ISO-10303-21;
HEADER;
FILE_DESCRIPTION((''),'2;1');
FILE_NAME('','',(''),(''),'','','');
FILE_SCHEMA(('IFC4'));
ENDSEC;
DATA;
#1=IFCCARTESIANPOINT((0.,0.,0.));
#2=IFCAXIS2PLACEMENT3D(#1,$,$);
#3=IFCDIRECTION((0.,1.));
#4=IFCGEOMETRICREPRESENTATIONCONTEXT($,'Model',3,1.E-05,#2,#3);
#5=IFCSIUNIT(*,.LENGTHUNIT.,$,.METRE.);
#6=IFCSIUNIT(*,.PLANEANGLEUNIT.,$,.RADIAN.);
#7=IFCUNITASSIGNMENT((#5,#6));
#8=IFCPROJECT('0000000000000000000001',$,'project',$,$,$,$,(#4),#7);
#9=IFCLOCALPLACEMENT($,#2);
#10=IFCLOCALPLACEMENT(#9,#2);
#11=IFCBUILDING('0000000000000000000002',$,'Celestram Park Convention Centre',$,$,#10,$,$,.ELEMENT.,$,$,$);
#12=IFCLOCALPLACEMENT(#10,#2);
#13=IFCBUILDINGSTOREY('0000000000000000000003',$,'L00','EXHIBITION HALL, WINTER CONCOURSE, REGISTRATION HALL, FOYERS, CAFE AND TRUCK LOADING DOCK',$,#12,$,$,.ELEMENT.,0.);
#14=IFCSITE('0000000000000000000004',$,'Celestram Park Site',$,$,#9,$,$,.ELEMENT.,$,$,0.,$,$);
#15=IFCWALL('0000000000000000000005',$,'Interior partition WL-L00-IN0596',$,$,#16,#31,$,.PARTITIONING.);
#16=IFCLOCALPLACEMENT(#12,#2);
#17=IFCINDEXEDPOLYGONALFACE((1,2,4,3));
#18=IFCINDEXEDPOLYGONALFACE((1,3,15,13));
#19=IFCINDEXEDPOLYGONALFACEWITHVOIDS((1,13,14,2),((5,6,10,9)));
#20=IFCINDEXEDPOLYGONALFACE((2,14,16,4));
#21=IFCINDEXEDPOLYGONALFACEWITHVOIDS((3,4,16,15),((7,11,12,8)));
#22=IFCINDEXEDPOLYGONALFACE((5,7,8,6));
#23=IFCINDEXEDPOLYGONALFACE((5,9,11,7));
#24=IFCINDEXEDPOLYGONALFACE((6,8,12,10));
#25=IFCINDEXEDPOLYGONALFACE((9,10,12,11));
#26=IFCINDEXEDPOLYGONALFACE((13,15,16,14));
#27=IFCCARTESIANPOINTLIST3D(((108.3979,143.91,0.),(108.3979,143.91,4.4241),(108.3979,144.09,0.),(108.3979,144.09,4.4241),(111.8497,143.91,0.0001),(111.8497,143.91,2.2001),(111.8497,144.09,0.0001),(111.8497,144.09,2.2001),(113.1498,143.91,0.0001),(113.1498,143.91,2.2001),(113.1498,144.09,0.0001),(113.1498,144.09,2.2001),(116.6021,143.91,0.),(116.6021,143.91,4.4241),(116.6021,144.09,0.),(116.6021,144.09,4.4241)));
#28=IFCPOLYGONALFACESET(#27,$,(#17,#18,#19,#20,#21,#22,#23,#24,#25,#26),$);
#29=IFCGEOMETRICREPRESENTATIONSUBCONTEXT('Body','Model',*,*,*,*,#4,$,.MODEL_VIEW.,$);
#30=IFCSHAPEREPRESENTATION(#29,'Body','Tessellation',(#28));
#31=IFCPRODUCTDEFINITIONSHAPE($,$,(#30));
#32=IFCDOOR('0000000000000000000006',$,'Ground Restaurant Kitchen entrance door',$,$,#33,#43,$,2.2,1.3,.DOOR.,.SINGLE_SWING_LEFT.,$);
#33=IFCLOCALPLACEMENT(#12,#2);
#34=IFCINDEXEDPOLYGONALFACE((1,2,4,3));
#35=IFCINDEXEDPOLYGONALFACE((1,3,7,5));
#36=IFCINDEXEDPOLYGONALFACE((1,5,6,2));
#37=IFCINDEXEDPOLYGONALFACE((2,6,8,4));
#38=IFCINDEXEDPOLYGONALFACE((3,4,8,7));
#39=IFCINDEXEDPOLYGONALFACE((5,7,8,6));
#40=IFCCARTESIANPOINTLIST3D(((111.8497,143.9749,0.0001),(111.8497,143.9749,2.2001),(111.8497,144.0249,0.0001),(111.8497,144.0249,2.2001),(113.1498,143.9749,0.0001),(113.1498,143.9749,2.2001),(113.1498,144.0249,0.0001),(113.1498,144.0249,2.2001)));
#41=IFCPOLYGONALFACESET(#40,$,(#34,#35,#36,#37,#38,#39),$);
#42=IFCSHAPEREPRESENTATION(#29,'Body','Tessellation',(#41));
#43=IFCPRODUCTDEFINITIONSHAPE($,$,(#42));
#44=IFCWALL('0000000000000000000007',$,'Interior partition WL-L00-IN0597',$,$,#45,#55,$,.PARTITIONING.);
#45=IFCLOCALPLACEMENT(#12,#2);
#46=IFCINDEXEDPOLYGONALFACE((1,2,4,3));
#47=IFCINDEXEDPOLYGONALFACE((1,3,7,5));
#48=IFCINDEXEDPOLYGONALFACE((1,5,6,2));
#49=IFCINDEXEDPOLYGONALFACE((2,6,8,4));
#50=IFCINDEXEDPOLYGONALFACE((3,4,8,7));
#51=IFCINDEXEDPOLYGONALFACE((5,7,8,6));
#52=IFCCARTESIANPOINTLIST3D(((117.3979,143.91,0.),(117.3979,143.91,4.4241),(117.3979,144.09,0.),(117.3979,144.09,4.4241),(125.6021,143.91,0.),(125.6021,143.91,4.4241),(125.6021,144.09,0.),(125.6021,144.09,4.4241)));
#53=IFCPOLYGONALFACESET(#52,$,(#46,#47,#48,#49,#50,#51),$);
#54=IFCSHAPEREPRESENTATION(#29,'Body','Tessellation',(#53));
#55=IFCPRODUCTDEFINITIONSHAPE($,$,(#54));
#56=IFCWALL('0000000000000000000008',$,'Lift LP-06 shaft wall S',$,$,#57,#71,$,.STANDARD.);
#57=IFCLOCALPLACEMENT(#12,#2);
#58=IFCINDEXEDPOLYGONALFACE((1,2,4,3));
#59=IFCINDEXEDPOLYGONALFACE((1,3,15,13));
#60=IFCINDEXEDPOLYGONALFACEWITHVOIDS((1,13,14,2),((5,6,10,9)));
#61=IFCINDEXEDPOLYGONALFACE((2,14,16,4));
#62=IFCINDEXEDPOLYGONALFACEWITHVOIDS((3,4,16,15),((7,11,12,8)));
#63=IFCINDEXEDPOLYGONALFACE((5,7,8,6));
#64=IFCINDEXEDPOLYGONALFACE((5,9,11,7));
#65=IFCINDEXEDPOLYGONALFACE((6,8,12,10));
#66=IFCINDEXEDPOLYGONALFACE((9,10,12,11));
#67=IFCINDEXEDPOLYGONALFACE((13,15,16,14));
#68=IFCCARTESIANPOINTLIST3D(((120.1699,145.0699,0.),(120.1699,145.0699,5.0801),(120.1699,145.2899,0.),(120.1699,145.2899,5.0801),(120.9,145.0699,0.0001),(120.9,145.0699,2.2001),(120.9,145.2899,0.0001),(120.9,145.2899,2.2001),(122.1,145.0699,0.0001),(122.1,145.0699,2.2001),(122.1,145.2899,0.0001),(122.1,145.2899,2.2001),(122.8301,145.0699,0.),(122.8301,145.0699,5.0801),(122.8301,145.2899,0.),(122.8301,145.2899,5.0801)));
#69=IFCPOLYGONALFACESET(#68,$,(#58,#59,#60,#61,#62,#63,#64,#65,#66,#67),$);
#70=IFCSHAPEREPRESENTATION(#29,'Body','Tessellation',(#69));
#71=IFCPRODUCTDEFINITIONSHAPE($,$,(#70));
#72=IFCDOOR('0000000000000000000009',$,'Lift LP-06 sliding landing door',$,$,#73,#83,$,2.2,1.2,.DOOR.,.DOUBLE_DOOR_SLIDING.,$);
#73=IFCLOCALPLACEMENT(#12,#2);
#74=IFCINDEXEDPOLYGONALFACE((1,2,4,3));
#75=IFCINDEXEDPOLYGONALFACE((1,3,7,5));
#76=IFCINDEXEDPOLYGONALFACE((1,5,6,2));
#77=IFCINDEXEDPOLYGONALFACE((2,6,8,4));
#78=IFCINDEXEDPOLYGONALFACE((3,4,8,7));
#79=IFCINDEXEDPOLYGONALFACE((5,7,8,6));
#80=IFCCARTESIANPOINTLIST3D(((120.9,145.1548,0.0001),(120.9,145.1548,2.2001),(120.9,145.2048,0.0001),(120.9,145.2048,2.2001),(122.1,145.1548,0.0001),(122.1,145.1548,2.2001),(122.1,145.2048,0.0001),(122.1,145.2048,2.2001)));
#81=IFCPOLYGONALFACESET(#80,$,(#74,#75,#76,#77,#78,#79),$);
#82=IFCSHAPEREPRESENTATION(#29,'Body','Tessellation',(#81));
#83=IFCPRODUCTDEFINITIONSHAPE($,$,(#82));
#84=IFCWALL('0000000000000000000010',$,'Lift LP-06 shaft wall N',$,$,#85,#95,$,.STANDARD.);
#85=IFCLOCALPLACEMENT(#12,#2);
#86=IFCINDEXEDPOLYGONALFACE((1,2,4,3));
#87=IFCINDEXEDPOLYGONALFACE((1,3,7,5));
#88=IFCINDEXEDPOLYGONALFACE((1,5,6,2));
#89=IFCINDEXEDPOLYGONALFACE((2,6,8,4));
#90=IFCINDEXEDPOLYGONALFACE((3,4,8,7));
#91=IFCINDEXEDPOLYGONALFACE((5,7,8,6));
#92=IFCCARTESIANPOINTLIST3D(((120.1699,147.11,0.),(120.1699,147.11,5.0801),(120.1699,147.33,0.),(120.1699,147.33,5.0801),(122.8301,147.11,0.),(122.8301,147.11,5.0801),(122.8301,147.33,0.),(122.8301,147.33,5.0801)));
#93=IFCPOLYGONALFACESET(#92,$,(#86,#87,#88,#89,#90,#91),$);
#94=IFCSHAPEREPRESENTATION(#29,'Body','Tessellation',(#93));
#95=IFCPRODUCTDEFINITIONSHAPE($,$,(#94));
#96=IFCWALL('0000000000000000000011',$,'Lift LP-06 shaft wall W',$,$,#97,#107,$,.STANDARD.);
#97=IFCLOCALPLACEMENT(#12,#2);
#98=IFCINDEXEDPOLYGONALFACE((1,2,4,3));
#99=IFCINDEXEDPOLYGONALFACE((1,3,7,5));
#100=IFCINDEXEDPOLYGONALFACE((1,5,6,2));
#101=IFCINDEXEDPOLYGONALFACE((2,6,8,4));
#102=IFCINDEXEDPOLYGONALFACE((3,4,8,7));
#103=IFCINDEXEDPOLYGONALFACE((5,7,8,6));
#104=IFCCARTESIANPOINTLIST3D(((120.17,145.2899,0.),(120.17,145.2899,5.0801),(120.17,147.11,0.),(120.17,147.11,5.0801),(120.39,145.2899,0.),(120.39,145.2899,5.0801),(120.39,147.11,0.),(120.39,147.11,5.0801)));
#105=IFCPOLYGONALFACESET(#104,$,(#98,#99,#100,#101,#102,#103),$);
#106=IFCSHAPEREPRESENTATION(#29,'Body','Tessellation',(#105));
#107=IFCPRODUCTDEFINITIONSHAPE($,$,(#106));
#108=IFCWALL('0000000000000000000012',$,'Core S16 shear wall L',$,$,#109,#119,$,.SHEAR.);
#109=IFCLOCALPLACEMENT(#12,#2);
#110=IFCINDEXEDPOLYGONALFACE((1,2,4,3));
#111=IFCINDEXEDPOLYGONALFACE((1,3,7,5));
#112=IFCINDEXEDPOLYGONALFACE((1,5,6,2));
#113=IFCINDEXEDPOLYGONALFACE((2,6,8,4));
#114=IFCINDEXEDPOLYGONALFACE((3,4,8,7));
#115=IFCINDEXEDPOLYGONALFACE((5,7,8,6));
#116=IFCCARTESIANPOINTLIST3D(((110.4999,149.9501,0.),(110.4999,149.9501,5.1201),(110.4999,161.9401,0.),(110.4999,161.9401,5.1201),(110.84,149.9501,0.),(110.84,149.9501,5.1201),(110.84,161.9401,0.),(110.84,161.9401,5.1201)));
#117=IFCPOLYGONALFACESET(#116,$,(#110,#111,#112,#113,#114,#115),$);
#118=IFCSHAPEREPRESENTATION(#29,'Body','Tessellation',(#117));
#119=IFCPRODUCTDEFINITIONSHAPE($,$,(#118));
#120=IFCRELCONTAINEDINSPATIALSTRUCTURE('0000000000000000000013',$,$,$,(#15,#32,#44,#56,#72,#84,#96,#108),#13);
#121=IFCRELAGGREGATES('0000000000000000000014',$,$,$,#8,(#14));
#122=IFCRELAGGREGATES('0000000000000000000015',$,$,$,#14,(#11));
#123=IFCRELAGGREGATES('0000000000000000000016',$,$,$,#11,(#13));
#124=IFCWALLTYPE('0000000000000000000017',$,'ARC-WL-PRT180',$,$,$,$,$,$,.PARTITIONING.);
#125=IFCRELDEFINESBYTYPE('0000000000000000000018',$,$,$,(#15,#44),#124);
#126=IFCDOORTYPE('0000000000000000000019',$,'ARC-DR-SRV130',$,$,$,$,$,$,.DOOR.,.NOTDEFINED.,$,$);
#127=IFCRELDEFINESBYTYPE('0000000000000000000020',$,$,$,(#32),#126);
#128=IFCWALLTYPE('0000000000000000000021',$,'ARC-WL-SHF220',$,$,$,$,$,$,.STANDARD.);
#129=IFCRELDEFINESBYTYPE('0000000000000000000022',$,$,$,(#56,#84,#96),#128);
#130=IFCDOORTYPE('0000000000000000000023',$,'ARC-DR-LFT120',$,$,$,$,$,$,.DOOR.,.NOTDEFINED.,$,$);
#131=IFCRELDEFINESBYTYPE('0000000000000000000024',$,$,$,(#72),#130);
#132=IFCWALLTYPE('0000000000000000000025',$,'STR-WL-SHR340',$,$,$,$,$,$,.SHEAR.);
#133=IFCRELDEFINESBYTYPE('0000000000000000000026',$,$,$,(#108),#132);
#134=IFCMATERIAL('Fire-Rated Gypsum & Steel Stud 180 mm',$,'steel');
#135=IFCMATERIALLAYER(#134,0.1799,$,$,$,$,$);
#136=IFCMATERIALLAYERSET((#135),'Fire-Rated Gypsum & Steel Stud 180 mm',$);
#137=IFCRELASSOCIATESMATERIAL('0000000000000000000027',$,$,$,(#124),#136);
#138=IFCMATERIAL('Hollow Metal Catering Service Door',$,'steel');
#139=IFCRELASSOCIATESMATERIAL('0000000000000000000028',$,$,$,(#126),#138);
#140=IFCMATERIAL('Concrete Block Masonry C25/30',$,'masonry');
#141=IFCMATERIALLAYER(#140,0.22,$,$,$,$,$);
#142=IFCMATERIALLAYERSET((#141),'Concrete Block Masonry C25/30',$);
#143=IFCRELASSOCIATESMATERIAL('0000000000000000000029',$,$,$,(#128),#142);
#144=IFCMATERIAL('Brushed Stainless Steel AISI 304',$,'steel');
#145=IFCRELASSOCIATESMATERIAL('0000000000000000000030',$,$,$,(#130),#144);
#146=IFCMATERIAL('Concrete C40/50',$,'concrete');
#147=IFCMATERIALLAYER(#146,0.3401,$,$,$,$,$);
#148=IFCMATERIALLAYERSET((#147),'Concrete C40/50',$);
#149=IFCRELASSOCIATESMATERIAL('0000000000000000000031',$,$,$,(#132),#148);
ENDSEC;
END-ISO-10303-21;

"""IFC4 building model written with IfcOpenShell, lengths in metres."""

from ifc_helpers import new_model, si_unit, direction, frame, frame_2d, origin, place, context, subcontext, project, spatial, rectangle, extrude, material, layer, layer_set, type_object, element, fill, save


model = new_model("IFC4")

# Units and contexts
model_context = context("Model", 3, precision=1e-05, world=origin(), true_north=direction((0.0, 1.0)))
body_context = subcontext(model_context, "Body", "Model", "MODEL_VIEW")
ifc_project = project(units=[si_unit("LENGTHUNIT", "METRE"), si_unit("PLANEANGLEUNIT", "RADIAN")], contexts=[model_context])

# Site, building, storey
site_placement = place(None, origin())
site = spatial("IfcSite", under=ifc_project, at=site_placement, Name="Celestram Park Site", CompositionType="ELEMENT", RefElevation=0.0)
building_placement = place(site_placement, origin())
building = spatial("IfcBuilding", under=site, at=building_placement, Name="Celestram Park Convention Centre", CompositionType="ELEMENT")
storey_placement = place(building_placement, origin())
storey = spatial("IfcBuildingStorey", under=building, at=storey_placement, Name="L00", Description="EXHIBITION HALL, WINTER CONCOURSE, REGISTRATION HALL, FOYERS, CAFE AND TRUCK LOADING DOCK", CompositionType="ELEMENT", Elevation=0.0)

# Shared definitions
ifc_material_1 = material(Name="Concrete C40/50", Category="concrete")

# Wall, opening, door
ifc_material_2 = material(Name="Concrete Block Masonry C25/30", Category="masonry")
ifc_material_3 = material(Name="Fire-Rated Gypsum & Steel Stud 180 mm", Category="steel")
ifc_layer_1 = layer(ifc_material_3, 0.1799)
ifc_layer_set_1 = layer_set([ifc_layer_1], Name="Fire-Rated Gypsum & Steel Stud 180 mm")
wall_type_1 = type_object("IfcWallType", Name="ARC-WL-PRT180", PredefinedType="PARTITIONING", material=ifc_layer_set_1)
wall_1_placement = place(storey_placement, frame((108.3979, 144.0, 0.0), z_axis=(0.0, 0.0, 1.0), x_axis=(1.0, 0.0, 0.0)))
wall_1 = element("IfcWall", 1, at=wall_1_placement, inside=storey, type_object=wall_type_1, Name="Interior partition WL-L00-IN0596", PredefinedType="PARTITIONING", context=body_context, shape_type="SweptSolid", body=[
    extrude(rectangle(XDim=8.2041, YDim=0.1799, at=frame_2d((4.1021, 0.0))), origin(), (0.0, 0.0, 1.0), 4.4241),
])
opening_1_placement = place(wall_1_placement, frame((3.4519, 0.0, 0.0)))
opening_1 = element("IfcOpeningElement", 2, at=opening_1_placement, cuts=wall_1, PredefinedType="OPENING", context=body_context, shape_type="SweptSolid", body=[
    extrude(rectangle(XDim=1.3, YDim=2.2, at=frame_2d((0.6499, 1.1001))), frame((0.0, 0.0999, 0.0), z_axis=(0.0, -1.0, 0.0), x_axis=(1.0, 0.0, 0.0)), (0.0, 0.0, 1.0), 0.2),
])
ifc_material_4 = material(Name="Hollow Metal Catering Service Door", Category="steel")
door_type_1 = type_object("IfcDoorType", Name="ARC-DR-SRV130", OperationType="NOTDEFINED", PredefinedType="DOOR", material=ifc_material_4)
door_1_placement = place(opening_1_placement, origin())
door_1 = element("IfcDoor", 3, at=door_1_placement, inside=storey, type_object=door_type_1, Name="Ground Restaurant Kitchen entrance door", OperationType="SINGLE_SWING_LEFT", OverallHeight=2.2, OverallWidth=1.3, PredefinedType="DOOR", context=body_context, shape_type="SweptSolid", body=[
    extrude(rectangle(XDim=1.3, YDim=2.2, at=frame_2d((0.6499, 1.1001))), frame((0.0, 0.0249, 0.0), z_axis=(0.0, -1.0, 0.0), x_axis=(1.0, 0.0, 0.0)), (0.0, 0.0, 1.0), 0.05),
])
fill(opening_1, door_1)

# Wall
wall_2_placement = place(storey_placement, frame((117.3979, 144.0, 0.0), z_axis=(0.0, 0.0, 1.0), x_axis=(1.0, 0.0, 0.0)))
element("IfcWall", 4, at=wall_2_placement, inside=storey, type_object=wall_type_1, Name="Interior partition WL-L00-IN0597", PredefinedType="PARTITIONING", context=body_context, shape_type="SweptSolid", body=[
    extrude(rectangle(XDim=8.2041, YDim=0.1799, at=frame_2d((4.1021, 0.0))), origin(), (0.0, 0.0, 1.0), 4.4241),
])

# Wall, opening, door
ifc_layer_2 = layer(ifc_material_2, 0.22)
ifc_layer_set_2 = layer_set([ifc_layer_2], Name="Concrete Block Masonry C25/30")
wall_type_2 = type_object("IfcWallType", Name="ARC-WL-SHF220", PredefinedType="STANDARD", material=ifc_layer_set_2)
wall_3_placement = place(storey_placement, frame((120.1699, 145.1799, 0.0), z_axis=(0.0, 0.0, 1.0), x_axis=(1.0, 0.0, 0.0)))
wall_3 = element("IfcWall", 5, at=wall_3_placement, inside=storey, type_object=wall_type_2, Name="Lift LP-06 shaft wall S", PredefinedType="STANDARD", context=body_context, shape_type="SweptSolid", body=[
    extrude(rectangle(XDim=2.6602, YDim=0.22, at=frame_2d((1.3301, 0.0))), origin(), (0.0, 0.0, 1.0), 5.0801),
])
opening_2_placement = place(wall_3_placement, frame((0.73, 0.0, 0.0)))
opening_2 = element("IfcOpeningElement", 6, at=opening_2_placement, cuts=wall_3, PredefinedType="OPENING", context=body_context, shape_type="SweptSolid", body=[
    extrude(rectangle(XDim=1.2, YDim=2.2, at=frame_2d((0.6001, 1.1001))), frame((0.0, 0.1199, 0.0), z_axis=(0.0, -1.0, 0.0), x_axis=(1.0, 0.0, 0.0)), (0.0, 0.0, 1.0), 0.24),
])
ifc_material_5 = material(Name="Brushed Stainless Steel AISI 304", Category="steel")
door_type_2 = type_object("IfcDoorType", Name="ARC-DR-LFT120", OperationType="NOTDEFINED", PredefinedType="DOOR", material=ifc_material_5)
door_2_placement = place(opening_2_placement, origin())
door_2 = element("IfcDoor", 7, at=door_2_placement, inside=storey, type_object=door_type_2, Name="Lift LP-06 sliding landing door", OperationType="DOUBLE_DOOR_SLIDING", OverallHeight=2.2, OverallWidth=1.2, PredefinedType="DOOR", context=body_context, shape_type="SweptSolid", body=[
    extrude(rectangle(XDim=1.2, YDim=2.2, at=frame_2d((0.6001, 1.1001))), frame((0.0, 0.0249, 0.0), z_axis=(0.0, -1.0, 0.0), x_axis=(1.0, 0.0, 0.0)), (0.0, 0.0, 1.0), 0.05),
])
fill(opening_2, door_2)

# Walls
wall_4_placement = place(storey_placement, frame((122.8301, 147.22, 0.0), z_axis=(0.0, 0.0, 1.0), x_axis=(-1.0, 0.0, 0.0)))
element("IfcWall", 8, at=wall_4_placement, inside=storey, type_object=wall_type_2, Name="Lift LP-06 shaft wall N", PredefinedType="STANDARD", context=body_context, shape_type="SweptSolid", body=[
    extrude(rectangle(XDim=2.6602, YDim=0.22, at=frame_2d((1.3301, 0.0))), origin(), (0.0, 0.0, 1.0), 5.0801),
])
for number, where, z_axis, x_axis, name in (
    (9, (120.28, 147.1101, 0.0), (0.0, 0.0, 1.0), (0.0, -1.0, 0.0), "Lift LP-06 shaft wall W"),
):
    element("IfcWall", number, at=place(storey_placement, frame(where, z_axis=z_axis, x_axis=x_axis)), inside=storey, type_object=wall_type_2, Name=name, PredefinedType="STANDARD", context=body_context, shape_type="SweptSolid", body=[
        extrude(rectangle(XDim=1.8201, YDim=0.22, at=frame_2d((0.9102, 0.0))), origin(), (0.0, 0.0, 1.0), 5.0801),
    ])
ifc_layer_3 = layer(ifc_material_1, 0.3401)
ifc_layer_set_3 = layer_set([ifc_layer_3], Name="Concrete C40/50")
wall_type_3 = type_object("IfcWallType", Name="STR-WL-SHR340", PredefinedType="SHEAR", material=ifc_layer_set_3)
wall_5_placement = place(storey_placement, frame((110.6699, 149.95, 0.0), z_axis=(0.0, 0.0, 1.0), x_axis=(0.0, 1.0, 0.0)))
element("IfcWall", 10, at=wall_5_placement, inside=storey, type_object=wall_type_3, Name="Core S16 shear wall L", PredefinedType="SHEAR", context=body_context, shape_type="SweptSolid", body=[
    extrude(rectangle(XDim=11.99, YDim=0.3401, at=frame_2d((5.9951, 0.0))), origin(), (0.0, 0.0, 1.0), 5.1201),
])

save(model, "model.ifc")
